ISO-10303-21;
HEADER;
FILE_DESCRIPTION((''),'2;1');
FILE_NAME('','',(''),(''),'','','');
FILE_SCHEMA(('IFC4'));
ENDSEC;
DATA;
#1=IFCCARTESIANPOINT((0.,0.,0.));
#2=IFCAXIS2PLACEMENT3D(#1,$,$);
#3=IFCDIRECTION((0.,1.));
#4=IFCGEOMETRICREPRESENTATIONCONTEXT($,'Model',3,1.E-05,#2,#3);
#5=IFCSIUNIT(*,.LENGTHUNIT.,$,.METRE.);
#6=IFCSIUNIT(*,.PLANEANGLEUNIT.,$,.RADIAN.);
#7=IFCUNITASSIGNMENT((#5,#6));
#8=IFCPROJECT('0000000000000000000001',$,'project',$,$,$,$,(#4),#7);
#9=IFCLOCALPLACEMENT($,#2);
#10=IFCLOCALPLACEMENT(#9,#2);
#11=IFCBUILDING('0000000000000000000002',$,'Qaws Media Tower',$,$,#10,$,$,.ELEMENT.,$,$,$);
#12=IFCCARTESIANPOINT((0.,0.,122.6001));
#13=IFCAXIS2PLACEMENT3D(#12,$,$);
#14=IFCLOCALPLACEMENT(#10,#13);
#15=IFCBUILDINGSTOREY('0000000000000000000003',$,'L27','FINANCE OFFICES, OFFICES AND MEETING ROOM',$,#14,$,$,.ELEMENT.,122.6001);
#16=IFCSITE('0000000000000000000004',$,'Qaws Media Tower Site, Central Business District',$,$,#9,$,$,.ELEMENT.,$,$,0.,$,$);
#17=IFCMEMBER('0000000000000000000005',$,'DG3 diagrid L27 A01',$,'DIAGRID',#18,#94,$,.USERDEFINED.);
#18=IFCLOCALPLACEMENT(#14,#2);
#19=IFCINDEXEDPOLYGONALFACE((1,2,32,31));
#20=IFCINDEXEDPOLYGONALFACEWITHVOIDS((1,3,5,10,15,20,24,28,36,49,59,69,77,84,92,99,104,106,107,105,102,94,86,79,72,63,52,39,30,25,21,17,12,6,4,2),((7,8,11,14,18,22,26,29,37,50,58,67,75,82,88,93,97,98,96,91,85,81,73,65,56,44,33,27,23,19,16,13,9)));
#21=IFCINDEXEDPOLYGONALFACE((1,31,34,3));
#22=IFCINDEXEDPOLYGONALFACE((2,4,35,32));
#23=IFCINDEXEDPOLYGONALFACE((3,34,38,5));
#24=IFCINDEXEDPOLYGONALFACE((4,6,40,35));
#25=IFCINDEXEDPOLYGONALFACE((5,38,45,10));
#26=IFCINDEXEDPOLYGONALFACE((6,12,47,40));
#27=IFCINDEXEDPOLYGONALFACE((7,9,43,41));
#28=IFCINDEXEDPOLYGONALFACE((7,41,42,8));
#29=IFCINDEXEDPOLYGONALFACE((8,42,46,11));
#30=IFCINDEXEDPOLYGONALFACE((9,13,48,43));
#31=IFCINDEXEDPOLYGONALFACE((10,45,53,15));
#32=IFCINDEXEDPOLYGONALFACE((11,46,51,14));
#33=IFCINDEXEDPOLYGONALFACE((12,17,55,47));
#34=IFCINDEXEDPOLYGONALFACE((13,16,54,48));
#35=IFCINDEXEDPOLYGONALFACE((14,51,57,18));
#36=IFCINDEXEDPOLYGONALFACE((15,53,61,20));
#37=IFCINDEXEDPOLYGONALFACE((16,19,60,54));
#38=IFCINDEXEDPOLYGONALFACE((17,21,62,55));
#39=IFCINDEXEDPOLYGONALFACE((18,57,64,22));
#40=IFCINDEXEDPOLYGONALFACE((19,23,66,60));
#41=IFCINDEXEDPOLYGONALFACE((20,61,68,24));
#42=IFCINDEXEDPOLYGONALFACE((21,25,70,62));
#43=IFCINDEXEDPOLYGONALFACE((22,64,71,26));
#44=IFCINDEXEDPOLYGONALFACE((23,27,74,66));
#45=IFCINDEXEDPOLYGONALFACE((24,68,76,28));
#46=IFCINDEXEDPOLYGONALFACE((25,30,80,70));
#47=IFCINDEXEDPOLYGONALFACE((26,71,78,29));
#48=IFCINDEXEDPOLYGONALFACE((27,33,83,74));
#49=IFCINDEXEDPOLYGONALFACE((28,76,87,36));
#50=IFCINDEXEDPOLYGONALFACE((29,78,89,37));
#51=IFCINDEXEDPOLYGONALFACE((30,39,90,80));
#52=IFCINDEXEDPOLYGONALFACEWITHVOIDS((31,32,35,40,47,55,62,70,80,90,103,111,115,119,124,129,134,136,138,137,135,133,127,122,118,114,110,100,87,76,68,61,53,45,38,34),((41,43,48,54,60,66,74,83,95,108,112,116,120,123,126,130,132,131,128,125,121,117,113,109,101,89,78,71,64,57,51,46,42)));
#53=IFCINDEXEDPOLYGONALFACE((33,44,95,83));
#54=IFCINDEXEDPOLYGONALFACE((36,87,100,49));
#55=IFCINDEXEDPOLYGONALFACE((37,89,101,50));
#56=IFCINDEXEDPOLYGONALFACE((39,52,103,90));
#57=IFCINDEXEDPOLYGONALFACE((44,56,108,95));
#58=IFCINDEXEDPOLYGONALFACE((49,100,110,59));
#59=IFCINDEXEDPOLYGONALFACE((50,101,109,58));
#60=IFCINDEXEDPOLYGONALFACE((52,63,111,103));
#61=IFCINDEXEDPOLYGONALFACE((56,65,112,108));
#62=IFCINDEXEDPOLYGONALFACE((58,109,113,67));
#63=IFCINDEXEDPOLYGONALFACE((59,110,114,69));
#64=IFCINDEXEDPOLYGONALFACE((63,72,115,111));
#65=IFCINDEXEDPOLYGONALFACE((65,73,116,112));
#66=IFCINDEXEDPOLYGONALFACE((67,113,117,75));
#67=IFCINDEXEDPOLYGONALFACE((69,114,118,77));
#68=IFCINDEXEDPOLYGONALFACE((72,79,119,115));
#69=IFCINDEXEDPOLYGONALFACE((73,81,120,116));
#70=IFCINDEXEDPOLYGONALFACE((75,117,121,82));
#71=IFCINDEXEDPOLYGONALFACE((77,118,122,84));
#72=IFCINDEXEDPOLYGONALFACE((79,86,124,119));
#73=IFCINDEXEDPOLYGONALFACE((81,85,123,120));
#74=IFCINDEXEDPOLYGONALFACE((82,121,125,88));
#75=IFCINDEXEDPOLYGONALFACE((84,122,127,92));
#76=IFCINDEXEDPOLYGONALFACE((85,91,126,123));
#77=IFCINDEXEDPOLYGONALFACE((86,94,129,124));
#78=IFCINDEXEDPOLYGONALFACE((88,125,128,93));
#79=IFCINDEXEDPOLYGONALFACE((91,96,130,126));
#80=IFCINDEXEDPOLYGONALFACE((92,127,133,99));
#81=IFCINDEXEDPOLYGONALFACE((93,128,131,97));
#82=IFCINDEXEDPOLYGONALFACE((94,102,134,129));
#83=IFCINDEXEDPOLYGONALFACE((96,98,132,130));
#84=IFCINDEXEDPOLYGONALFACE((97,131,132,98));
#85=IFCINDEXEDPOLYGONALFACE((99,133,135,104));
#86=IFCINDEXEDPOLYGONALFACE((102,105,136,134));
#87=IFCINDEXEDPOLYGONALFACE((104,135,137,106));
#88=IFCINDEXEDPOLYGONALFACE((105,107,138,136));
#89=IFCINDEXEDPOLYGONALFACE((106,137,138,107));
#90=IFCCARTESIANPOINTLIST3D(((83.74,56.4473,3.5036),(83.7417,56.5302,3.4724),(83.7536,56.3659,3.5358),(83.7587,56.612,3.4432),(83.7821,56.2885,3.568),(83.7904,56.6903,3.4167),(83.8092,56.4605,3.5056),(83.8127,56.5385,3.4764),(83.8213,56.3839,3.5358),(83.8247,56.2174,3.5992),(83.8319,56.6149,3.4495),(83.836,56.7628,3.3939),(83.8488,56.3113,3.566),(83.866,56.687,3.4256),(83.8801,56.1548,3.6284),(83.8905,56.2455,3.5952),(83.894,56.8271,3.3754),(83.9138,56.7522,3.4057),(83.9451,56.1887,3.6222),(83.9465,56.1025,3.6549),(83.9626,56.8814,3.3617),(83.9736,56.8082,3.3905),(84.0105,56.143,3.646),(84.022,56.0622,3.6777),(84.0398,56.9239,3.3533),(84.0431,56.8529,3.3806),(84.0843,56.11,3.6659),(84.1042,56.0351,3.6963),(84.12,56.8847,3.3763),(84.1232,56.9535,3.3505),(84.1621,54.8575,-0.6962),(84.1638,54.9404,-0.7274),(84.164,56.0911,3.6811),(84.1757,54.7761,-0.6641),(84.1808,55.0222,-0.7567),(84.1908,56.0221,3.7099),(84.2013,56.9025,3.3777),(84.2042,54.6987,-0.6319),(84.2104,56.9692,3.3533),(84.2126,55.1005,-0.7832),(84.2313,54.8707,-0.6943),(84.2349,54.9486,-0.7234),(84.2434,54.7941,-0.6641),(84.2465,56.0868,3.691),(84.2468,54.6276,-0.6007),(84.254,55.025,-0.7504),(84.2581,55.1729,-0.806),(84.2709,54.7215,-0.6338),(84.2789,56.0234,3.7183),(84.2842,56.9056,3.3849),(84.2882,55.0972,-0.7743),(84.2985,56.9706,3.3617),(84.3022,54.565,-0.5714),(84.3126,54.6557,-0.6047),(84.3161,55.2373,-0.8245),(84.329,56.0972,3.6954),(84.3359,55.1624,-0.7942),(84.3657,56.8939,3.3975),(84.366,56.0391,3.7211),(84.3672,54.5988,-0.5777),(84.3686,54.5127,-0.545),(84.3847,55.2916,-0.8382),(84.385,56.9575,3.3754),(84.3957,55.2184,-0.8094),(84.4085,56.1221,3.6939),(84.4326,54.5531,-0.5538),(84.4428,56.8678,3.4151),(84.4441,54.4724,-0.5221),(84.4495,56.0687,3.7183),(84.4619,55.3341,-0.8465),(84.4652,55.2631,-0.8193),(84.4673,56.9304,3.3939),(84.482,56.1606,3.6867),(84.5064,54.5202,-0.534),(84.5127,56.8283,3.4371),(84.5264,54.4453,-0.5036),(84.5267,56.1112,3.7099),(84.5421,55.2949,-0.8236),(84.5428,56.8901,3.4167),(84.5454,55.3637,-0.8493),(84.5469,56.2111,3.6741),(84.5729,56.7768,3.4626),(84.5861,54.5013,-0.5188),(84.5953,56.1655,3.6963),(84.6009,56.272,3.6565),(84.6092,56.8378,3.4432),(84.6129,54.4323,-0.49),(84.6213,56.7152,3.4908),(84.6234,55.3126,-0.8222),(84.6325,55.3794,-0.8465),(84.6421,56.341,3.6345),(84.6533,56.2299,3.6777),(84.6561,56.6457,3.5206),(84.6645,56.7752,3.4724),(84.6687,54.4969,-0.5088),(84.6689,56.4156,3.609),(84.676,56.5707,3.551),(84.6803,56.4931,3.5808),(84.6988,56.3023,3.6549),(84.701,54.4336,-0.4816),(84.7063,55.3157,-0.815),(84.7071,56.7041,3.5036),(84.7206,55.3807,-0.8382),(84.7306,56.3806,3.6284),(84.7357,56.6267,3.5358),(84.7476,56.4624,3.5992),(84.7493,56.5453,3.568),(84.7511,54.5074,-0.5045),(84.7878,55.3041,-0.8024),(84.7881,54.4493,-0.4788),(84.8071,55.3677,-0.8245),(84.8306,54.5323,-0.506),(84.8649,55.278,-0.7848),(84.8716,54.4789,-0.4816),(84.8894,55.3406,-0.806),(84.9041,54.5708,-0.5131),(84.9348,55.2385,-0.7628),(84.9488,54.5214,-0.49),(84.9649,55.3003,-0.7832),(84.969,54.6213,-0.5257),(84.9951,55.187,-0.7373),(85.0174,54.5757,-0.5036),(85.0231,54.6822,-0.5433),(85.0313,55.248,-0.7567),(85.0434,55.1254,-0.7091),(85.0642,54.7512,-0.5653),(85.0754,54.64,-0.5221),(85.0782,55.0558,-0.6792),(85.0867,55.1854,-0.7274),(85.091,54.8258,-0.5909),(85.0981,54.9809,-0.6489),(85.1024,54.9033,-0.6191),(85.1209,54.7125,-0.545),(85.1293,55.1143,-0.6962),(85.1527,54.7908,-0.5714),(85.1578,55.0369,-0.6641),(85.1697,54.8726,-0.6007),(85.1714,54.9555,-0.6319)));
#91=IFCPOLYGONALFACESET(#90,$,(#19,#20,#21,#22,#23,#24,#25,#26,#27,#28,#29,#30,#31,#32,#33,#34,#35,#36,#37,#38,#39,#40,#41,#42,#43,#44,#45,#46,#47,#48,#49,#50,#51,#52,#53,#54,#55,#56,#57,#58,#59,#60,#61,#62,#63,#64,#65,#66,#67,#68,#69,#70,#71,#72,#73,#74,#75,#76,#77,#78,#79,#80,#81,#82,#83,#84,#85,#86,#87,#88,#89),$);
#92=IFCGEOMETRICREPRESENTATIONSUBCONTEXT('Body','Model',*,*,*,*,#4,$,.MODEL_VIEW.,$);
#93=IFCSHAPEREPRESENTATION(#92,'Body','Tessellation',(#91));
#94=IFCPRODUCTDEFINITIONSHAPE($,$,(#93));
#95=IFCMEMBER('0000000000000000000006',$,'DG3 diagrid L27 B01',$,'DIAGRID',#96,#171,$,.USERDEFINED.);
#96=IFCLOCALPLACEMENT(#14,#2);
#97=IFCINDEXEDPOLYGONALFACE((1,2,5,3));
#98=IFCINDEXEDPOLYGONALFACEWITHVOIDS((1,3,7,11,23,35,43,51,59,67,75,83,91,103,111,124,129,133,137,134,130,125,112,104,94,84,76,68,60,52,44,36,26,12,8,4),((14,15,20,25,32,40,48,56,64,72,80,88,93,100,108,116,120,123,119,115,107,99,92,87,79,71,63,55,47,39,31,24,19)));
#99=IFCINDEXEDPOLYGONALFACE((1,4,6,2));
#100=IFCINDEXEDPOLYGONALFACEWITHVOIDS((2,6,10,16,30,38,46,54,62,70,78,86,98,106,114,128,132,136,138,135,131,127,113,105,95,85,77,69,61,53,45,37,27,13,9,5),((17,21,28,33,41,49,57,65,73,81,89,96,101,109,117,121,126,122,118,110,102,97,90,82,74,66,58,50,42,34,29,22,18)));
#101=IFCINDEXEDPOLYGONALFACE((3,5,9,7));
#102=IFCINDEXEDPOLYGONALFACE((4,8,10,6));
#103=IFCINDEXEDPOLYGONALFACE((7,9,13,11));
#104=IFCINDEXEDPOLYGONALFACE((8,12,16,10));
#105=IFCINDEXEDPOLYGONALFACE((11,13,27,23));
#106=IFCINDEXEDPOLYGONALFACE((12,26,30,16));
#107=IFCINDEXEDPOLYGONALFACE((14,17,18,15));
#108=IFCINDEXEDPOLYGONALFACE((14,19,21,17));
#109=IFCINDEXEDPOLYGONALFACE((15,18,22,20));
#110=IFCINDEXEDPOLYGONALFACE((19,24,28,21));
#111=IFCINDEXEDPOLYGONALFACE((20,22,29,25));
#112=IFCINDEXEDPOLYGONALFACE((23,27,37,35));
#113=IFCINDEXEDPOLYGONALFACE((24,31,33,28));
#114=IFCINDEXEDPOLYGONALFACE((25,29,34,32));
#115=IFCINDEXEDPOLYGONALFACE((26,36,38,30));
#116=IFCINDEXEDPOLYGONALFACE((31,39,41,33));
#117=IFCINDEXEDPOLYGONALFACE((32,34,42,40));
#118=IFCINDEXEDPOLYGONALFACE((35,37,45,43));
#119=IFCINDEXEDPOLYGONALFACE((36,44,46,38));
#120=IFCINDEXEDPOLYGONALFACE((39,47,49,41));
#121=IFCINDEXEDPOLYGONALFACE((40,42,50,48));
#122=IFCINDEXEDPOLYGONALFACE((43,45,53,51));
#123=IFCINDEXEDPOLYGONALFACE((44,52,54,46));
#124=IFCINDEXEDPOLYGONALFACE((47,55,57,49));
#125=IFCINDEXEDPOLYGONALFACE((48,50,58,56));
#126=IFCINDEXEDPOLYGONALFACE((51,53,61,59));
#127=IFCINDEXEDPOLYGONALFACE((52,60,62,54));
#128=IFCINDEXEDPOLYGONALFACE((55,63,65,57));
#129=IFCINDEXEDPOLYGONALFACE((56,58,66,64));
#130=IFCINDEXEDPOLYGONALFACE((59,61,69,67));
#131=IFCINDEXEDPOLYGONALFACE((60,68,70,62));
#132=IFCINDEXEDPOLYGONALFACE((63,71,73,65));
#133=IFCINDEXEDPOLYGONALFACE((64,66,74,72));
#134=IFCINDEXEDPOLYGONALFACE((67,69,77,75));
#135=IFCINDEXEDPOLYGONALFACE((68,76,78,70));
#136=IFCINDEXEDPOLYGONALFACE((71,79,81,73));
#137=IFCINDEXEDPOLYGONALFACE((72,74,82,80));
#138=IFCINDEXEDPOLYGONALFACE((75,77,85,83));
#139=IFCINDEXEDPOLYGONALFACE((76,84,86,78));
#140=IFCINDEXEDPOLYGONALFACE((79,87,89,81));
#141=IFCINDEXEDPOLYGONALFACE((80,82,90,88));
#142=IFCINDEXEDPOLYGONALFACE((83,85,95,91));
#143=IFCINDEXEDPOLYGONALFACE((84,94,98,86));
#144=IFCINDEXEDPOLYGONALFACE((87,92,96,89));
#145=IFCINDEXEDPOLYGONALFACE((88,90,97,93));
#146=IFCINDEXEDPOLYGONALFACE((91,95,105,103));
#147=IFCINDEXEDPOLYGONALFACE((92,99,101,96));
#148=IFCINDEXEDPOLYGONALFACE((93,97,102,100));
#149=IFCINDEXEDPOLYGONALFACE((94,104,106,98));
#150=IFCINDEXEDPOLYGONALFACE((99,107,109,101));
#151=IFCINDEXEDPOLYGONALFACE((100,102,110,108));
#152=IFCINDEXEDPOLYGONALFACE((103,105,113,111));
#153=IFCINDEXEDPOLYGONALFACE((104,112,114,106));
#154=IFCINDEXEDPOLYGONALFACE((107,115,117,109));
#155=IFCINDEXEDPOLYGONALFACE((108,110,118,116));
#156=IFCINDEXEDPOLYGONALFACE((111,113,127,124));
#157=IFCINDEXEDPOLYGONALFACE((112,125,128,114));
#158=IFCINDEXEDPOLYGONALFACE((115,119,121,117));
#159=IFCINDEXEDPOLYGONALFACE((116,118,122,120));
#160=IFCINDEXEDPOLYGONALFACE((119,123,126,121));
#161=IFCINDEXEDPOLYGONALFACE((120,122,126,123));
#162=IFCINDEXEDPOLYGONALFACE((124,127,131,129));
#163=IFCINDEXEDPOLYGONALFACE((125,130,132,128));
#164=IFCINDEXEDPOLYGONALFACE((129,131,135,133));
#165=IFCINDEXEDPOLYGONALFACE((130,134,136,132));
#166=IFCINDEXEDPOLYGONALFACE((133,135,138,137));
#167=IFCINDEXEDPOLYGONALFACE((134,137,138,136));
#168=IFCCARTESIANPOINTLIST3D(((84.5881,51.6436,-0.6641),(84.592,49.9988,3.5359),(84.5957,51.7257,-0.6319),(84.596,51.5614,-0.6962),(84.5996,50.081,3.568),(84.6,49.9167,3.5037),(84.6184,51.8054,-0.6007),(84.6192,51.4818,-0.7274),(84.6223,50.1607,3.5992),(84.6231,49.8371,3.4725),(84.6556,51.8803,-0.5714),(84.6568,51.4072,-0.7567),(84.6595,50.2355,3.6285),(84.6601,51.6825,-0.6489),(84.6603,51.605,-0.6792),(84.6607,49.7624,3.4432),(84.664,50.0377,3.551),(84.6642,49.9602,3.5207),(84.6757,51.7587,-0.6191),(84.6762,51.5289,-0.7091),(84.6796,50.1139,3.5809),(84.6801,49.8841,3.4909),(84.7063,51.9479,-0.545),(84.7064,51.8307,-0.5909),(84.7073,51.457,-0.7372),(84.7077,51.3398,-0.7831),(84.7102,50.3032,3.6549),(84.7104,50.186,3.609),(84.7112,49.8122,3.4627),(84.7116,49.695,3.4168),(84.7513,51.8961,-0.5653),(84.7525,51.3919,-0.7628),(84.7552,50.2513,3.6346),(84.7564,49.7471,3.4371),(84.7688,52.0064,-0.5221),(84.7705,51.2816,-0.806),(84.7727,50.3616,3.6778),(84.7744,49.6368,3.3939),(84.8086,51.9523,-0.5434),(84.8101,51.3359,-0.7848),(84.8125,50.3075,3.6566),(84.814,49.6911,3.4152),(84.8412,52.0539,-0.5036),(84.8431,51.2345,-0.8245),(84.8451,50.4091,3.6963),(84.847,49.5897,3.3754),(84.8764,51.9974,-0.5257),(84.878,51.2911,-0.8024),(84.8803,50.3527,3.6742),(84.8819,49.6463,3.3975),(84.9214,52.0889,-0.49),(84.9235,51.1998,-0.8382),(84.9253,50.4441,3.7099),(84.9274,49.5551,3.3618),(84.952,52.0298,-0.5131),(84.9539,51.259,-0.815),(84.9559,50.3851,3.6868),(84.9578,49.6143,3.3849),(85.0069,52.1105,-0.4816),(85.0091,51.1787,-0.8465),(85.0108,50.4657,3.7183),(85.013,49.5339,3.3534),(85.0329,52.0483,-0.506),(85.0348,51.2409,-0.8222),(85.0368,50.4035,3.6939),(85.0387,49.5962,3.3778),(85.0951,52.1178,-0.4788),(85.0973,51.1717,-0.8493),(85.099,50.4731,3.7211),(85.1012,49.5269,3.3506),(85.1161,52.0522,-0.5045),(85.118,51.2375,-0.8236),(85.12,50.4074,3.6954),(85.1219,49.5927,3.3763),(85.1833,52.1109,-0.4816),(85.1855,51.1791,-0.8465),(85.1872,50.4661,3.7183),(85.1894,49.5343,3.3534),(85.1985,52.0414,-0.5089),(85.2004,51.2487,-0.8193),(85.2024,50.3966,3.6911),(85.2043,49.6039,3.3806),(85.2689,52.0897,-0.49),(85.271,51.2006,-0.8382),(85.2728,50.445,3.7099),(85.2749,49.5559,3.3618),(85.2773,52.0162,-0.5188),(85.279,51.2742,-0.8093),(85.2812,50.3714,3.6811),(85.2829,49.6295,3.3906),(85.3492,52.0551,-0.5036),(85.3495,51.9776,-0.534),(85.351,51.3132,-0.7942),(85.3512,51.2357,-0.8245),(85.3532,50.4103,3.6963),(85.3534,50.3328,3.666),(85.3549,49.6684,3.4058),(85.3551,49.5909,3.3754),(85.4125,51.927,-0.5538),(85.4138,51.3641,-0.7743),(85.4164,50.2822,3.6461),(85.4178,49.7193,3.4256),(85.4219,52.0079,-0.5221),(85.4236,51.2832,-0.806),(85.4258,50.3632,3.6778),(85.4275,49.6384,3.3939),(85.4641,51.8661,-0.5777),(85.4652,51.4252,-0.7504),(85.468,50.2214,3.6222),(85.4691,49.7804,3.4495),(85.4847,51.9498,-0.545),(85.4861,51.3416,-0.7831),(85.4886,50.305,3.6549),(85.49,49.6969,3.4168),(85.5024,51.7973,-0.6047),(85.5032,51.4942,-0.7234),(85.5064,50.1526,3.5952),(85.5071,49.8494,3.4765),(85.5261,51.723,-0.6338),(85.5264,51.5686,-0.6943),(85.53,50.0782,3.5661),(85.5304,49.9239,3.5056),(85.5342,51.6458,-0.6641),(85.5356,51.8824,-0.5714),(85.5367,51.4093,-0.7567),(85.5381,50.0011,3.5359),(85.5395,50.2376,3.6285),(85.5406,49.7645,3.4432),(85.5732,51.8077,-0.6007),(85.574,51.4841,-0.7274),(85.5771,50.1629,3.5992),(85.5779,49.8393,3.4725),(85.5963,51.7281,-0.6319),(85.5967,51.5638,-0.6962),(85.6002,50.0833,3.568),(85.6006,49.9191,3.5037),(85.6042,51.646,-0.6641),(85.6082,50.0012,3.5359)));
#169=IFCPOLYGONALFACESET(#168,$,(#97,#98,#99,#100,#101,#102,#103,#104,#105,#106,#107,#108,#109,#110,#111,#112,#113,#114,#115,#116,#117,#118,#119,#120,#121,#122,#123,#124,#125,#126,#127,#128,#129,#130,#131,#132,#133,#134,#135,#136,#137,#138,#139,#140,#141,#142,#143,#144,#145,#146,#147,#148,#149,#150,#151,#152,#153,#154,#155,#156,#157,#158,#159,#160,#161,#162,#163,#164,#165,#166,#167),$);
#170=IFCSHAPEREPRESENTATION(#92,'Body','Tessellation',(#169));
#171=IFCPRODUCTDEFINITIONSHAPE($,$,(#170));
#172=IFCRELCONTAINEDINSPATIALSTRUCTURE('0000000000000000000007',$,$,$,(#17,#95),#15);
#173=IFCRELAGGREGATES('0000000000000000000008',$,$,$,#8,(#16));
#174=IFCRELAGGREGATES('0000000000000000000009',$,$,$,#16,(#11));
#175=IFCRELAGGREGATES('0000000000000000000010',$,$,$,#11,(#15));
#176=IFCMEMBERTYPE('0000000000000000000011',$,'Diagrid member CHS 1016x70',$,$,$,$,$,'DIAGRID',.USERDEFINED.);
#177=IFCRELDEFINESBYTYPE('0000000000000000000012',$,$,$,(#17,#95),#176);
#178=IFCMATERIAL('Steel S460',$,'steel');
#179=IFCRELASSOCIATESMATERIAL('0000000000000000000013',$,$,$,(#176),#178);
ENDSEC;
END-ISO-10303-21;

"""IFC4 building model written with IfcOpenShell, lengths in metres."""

from ifc_helpers import new_model, si_unit, direction, frame, origin, origin_2d, place, context, subcontext, project, spatial, hollow_circle, extrude, material, material_profile, profile_set, type_object, element, save


model = new_model("IFC4")

# Units and contexts
model_context = context("Model", 3, precision=1e-05, world=origin(), true_north=direction((0.0, 1.0)))
body_context = subcontext(model_context, "Body", "Model", "MODEL_VIEW")
ifc_project = project(units=[si_unit("LENGTHUNIT", "METRE"), si_unit("PLANEANGLEUNIT", "RADIAN")], contexts=[model_context])

# Site, building, storey
site_placement = place(None, origin())
site = spatial("IfcSite", under=ifc_project, at=site_placement, Name="Qaws Media Tower Site, Central Business District", CompositionType="ELEMENT", RefElevation=0.0)
building_placement = place(site_placement, origin())
building = spatial("IfcBuilding", under=site, at=building_placement, Name="Qaws Media Tower", CompositionType="ELEMENT")
storey_placement = place(building_placement, frame((0.0, 0.0, 122.6001)))
storey = spatial("IfcBuildingStorey", under=building, at=storey_placement, Name="L27", Description="FINANCE OFFICES, OFFICES AND MEETING ROOM", CompositionType="ELEMENT", Elevation=122.6001)

# Members
ifc_material_1 = material(Name="Steel S460", Category="steel")
ifc_material_profile_1 = material_profile(ifc_material_1, hollow_circle(Radius=0.5081, WallThickness=0.0701, at=origin_2d()), Name="CHS 1016x70")
ifc_profile_set_1 = profile_set([ifc_material_profile_1], Name="Steel S460")
member_type_1 = type_object("IfcMemberType", Name="Diagrid member CHS 1016x70", ElementType="DIAGRID", PredefinedType="USERDEFINED", material=ifc_profile_set_1)
for number, where, z_axis, x_axis, name in (
    (1, (84.6667, 54.9065, -0.6641), (-0.093584, 0.35247, 0.931132), (-0.966513, -0.256619, 0.0), "DG3 diagrid L27 A01"),
    (2, (85.0962, 51.6448, -0.6641), (0.000866, -0.364652, 0.931143), (0.999997, 0.002375, 0.0), "DG3 diagrid L27 B01"),
):
    element("IfcMember", number, at=place(storey_placement, frame(where, z_axis=z_axis, x_axis=x_axis)), inside=storey, type_object=member_type_1, Name=name, ObjectType="DIAGRID", PredefinedType="USERDEFINED", context=body_context, shape_type="SweptSolid", body=[
        extrude(hollow_circle(Radius=0.5081, WallThickness=0.0701, at=origin_2d()), origin(), (0.0, 0.0, 1.0), 4.5105),
    ])

save(model, "model.ifc")
